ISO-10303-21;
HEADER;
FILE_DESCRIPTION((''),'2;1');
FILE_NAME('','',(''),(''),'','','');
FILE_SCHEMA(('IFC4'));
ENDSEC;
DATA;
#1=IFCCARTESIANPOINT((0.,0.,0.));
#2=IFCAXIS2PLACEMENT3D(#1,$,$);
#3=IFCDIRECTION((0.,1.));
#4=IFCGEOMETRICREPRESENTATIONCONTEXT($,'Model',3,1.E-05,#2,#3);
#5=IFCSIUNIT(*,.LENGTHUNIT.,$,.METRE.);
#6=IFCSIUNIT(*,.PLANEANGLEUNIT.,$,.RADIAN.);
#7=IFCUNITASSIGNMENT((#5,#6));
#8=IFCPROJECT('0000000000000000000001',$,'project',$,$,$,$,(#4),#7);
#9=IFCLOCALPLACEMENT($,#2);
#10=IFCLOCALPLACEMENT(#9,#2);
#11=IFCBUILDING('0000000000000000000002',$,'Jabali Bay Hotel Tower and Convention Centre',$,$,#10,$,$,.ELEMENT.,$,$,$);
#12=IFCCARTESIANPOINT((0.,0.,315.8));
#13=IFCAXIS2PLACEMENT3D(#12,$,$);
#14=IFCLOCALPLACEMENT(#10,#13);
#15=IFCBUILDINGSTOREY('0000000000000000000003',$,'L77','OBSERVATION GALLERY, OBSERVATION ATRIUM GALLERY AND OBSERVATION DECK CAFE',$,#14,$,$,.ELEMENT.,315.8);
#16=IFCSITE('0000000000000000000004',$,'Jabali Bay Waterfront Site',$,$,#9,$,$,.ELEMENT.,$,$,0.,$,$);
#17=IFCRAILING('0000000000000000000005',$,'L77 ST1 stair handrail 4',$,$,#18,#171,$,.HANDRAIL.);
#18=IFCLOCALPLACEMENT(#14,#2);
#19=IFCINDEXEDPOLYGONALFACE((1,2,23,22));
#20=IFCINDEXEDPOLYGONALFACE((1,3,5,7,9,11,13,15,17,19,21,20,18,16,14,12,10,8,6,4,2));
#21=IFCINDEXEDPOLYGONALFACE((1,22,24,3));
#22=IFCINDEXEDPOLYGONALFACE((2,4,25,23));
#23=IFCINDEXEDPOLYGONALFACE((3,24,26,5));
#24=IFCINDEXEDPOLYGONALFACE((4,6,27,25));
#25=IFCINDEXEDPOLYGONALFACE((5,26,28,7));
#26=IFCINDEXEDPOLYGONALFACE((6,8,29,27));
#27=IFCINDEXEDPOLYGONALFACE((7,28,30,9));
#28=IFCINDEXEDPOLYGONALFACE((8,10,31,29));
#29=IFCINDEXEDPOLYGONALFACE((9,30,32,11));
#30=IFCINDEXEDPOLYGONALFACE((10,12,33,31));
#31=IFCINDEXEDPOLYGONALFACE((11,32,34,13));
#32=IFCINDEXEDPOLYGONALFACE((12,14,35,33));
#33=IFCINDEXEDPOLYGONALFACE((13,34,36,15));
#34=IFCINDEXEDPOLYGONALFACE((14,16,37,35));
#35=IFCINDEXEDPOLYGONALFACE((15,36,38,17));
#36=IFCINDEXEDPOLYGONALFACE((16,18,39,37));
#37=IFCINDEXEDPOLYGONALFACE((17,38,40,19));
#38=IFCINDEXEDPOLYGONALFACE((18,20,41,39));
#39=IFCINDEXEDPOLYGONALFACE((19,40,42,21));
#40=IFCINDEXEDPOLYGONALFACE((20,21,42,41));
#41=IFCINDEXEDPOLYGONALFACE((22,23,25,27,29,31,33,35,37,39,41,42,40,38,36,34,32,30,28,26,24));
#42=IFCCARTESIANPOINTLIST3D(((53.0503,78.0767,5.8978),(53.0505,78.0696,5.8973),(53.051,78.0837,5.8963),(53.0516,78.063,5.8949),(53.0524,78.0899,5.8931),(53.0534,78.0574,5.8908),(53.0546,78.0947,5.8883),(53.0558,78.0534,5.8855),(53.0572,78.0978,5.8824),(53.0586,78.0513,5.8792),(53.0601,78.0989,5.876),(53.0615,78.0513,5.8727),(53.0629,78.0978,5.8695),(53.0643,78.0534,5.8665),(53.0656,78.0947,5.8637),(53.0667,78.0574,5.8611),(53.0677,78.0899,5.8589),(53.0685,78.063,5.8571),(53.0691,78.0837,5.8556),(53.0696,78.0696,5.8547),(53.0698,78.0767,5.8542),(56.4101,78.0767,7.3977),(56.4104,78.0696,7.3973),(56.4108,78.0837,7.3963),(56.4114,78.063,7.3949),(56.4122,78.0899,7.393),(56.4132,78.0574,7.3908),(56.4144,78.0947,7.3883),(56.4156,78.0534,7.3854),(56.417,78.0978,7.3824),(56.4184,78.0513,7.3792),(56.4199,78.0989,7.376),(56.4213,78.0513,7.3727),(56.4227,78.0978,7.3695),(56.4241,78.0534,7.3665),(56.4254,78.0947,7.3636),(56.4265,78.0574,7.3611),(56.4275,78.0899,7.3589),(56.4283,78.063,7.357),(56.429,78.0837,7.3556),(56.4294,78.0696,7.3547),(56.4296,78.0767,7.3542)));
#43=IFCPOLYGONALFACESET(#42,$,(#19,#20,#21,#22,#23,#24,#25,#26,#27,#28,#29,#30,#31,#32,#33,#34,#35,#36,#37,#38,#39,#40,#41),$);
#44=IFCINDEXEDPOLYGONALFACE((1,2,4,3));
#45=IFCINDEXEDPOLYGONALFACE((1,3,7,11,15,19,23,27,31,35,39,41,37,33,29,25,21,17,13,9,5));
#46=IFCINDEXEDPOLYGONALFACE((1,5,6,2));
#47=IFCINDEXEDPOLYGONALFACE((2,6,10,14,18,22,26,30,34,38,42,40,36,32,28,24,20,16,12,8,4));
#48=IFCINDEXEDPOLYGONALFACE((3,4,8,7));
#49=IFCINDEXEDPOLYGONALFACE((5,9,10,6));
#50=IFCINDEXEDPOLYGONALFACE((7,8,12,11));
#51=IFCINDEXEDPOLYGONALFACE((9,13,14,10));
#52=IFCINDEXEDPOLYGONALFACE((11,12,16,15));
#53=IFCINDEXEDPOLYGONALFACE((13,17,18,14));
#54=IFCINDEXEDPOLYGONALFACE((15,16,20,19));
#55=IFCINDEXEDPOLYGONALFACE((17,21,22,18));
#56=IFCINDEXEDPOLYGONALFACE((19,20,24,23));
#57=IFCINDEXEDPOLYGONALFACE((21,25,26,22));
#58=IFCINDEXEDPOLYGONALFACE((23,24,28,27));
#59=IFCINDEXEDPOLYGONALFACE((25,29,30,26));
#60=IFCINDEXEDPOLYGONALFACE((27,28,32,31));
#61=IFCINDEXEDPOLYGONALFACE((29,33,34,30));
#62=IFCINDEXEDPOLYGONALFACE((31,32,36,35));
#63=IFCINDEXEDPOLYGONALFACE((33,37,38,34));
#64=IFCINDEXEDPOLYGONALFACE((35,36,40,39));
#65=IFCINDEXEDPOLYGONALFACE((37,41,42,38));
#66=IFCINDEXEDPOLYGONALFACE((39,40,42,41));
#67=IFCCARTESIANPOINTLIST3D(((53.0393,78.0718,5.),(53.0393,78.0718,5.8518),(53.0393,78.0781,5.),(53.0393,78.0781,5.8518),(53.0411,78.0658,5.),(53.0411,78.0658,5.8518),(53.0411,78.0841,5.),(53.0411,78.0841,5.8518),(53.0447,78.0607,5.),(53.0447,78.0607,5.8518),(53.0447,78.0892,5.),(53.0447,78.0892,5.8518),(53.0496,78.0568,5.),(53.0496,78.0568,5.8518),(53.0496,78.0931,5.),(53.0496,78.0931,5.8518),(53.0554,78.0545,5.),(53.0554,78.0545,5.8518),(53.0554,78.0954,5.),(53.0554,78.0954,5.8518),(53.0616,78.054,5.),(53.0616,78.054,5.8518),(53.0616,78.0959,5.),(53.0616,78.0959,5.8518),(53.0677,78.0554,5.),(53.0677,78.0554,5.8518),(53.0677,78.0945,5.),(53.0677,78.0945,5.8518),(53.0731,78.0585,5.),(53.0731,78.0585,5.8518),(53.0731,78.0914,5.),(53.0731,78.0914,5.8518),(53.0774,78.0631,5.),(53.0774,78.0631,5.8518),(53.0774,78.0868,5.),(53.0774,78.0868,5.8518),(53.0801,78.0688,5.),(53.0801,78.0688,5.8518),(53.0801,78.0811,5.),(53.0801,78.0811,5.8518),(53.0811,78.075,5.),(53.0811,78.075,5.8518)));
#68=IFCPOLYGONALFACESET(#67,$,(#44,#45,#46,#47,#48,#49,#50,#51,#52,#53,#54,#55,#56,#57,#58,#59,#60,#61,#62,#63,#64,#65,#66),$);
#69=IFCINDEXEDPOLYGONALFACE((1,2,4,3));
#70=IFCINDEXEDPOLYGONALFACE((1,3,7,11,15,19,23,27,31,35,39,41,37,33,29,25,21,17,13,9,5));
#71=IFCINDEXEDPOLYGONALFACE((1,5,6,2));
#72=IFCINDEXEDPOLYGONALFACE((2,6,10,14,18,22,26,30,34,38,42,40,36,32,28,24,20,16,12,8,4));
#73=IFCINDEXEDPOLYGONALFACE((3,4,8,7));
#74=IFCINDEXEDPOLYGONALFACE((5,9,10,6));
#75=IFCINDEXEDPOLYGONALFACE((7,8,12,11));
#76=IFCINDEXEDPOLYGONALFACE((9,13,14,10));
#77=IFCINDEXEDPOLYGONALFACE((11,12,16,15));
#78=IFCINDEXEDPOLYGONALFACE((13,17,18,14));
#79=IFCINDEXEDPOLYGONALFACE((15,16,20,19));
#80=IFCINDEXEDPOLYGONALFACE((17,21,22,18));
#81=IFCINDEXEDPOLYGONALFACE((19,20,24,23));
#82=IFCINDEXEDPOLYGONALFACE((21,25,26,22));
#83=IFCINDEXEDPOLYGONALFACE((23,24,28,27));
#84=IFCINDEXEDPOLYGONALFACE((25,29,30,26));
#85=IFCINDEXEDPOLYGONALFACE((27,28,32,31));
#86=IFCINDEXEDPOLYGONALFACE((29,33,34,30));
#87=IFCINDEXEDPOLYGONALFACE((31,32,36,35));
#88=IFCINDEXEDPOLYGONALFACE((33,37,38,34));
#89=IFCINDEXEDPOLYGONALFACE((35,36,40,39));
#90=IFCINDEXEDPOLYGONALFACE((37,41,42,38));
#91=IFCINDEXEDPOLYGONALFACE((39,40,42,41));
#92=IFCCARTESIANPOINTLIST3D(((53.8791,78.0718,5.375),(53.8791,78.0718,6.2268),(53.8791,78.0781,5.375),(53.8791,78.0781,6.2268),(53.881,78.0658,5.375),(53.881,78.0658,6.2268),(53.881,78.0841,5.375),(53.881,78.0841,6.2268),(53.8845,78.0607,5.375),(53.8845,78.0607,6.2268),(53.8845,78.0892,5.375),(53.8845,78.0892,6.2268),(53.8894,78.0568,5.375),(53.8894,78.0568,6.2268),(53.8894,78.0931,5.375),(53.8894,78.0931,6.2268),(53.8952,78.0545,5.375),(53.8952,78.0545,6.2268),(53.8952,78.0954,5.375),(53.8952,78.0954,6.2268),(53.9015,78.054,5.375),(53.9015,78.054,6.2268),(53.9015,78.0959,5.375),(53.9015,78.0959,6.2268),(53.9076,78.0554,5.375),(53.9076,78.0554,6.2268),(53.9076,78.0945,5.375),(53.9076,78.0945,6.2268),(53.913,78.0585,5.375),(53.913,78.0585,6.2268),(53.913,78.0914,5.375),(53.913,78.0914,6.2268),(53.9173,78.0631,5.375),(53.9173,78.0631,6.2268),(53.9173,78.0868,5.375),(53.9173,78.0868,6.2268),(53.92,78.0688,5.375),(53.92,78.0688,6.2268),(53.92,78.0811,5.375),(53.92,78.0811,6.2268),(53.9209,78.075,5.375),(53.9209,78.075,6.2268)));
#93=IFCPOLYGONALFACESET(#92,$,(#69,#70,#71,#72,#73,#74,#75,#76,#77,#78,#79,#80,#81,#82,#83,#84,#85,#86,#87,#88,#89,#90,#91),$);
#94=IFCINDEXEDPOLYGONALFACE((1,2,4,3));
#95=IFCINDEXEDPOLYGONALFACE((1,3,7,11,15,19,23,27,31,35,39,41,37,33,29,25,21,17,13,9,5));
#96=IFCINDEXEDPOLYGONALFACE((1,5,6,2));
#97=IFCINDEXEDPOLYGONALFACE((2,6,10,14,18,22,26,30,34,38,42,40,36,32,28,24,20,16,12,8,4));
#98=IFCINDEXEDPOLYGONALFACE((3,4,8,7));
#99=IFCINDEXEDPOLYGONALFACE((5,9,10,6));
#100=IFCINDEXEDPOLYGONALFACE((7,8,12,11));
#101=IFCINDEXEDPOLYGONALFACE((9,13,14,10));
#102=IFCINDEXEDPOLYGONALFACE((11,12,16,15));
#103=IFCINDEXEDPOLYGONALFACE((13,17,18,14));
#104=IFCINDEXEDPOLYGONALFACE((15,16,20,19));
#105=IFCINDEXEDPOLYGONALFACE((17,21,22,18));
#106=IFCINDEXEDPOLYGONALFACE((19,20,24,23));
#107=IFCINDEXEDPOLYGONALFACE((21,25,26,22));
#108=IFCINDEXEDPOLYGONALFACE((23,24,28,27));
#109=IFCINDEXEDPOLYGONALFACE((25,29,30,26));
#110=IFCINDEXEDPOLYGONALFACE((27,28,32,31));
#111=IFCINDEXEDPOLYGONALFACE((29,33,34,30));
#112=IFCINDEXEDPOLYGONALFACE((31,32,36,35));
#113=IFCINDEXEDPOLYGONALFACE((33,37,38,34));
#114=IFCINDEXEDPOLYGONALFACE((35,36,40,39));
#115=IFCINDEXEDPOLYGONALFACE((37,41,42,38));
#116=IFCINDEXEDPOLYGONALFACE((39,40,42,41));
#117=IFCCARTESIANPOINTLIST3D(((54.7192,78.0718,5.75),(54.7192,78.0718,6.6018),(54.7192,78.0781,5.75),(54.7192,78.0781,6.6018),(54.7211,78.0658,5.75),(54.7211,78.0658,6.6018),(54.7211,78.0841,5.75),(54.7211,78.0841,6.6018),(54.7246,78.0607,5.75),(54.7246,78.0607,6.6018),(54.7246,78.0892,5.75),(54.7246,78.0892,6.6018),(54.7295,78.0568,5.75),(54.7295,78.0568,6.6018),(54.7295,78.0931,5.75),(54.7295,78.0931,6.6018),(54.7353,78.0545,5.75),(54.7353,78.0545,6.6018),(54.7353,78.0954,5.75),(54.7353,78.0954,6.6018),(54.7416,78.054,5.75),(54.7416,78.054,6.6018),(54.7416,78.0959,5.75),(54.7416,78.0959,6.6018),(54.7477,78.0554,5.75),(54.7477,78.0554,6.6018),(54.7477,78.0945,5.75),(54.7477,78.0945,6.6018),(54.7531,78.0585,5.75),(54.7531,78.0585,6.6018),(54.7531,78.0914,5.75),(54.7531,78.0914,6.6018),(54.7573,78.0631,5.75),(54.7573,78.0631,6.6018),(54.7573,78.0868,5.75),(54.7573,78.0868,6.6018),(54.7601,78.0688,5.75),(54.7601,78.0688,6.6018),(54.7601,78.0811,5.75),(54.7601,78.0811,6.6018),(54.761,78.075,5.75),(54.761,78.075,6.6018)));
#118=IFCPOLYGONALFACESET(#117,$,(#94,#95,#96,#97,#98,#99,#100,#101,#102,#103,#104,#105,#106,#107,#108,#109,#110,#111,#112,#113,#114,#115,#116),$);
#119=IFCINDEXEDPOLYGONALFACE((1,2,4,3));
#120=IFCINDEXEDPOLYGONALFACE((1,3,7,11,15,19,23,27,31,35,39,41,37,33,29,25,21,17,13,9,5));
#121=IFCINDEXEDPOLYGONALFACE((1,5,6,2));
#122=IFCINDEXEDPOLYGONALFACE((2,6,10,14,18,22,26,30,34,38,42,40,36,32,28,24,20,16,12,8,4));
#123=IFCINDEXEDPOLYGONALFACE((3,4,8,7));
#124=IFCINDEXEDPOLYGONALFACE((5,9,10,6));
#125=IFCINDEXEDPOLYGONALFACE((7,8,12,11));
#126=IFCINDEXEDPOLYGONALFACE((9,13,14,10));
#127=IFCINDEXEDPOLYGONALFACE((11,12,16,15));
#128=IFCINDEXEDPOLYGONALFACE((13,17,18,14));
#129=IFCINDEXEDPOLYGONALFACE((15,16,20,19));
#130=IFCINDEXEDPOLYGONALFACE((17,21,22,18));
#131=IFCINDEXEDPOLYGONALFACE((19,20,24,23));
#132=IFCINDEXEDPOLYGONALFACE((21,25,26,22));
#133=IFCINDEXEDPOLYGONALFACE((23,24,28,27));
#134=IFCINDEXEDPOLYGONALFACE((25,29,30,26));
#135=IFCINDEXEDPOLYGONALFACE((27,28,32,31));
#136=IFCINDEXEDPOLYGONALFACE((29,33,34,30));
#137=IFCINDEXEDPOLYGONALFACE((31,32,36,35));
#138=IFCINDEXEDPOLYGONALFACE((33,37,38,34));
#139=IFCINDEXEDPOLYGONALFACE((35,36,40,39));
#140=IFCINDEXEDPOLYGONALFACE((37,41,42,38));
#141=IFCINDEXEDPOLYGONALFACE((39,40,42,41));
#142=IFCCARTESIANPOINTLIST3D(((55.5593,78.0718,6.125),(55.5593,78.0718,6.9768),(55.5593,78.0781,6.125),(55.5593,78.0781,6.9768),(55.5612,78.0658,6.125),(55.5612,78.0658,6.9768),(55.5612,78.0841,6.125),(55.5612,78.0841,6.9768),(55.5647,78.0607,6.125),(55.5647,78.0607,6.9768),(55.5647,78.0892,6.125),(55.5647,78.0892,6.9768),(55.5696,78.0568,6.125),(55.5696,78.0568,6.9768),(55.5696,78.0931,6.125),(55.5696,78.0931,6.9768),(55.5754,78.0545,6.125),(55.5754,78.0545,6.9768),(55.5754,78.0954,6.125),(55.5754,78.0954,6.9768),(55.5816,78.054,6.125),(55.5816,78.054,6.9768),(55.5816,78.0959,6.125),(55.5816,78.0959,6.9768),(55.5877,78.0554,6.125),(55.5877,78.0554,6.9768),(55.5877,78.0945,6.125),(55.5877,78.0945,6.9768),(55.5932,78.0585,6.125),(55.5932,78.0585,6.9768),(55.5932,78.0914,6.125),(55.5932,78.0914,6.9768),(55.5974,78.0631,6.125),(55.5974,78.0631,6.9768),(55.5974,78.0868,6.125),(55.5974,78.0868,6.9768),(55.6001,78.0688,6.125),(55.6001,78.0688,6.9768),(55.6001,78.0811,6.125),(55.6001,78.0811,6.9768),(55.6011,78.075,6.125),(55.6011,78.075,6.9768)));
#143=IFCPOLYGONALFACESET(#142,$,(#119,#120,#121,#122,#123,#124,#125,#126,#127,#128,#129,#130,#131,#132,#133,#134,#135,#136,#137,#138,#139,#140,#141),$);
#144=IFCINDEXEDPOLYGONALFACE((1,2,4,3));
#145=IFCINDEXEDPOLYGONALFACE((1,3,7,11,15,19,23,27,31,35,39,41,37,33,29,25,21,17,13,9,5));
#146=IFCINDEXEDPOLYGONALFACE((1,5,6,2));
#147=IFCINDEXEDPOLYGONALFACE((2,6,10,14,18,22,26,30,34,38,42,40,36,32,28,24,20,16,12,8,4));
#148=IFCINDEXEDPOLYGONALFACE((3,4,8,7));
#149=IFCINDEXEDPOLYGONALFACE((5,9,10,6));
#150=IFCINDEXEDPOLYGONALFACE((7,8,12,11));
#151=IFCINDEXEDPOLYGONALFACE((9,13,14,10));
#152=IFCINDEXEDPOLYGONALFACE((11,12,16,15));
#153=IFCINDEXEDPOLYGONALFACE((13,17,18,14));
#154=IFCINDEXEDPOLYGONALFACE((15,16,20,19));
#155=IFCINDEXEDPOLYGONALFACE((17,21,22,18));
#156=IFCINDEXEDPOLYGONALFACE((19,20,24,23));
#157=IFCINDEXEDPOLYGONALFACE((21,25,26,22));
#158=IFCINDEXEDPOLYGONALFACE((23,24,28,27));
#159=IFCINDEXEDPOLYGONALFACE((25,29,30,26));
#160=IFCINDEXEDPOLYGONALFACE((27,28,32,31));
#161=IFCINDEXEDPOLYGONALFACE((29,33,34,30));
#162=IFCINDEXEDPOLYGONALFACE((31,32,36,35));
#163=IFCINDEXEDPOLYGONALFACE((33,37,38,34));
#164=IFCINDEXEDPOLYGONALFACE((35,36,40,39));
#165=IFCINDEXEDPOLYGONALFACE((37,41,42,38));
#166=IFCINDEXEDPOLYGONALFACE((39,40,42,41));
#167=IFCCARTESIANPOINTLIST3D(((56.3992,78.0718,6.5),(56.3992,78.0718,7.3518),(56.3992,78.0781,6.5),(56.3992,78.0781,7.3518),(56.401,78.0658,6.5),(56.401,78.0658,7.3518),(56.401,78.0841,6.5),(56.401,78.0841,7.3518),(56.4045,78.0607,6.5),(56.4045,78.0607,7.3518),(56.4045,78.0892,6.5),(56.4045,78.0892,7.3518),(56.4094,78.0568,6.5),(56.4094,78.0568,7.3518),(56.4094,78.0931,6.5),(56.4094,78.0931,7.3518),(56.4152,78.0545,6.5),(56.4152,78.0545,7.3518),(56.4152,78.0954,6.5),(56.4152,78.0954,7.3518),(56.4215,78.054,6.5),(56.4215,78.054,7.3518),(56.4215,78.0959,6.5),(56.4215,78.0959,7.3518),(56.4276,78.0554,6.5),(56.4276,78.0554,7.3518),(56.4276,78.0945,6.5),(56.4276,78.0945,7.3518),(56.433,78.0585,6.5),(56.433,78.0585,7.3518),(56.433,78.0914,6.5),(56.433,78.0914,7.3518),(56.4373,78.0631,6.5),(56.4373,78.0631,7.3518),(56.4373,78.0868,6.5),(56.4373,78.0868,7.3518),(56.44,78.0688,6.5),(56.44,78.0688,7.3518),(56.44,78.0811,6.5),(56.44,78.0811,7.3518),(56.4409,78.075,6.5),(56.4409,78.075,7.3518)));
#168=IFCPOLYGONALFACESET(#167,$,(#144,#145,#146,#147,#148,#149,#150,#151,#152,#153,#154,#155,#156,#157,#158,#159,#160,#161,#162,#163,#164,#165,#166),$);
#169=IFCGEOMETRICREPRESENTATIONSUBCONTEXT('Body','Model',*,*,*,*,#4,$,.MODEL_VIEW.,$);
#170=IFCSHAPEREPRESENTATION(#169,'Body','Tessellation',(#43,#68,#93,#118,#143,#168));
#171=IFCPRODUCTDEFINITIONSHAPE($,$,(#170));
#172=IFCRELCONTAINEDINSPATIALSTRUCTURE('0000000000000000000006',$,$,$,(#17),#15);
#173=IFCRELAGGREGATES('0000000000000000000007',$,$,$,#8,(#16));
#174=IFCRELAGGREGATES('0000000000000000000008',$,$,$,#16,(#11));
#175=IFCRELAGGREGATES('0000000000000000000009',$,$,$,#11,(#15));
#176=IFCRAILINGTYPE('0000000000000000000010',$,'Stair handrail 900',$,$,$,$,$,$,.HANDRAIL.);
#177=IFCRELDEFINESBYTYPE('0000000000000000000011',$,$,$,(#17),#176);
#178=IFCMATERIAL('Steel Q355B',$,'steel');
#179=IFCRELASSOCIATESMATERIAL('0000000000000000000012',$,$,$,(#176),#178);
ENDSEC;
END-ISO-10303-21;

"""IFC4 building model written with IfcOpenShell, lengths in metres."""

from ifc_helpers import new_model, si_unit, direction, frame, origin, origin_2d, place, context, subcontext, project, spatial, circle, extrude, material, type_object, element, save


model = new_model("IFC4")

# Units and contexts
model_context = context("Model", 3, precision=1e-05, world=origin(), true_north=direction((0.0, 1.0)))
body_context = subcontext(model_context, "Body", "Model", "MODEL_VIEW")
ifc_project = project(units=[si_unit("LENGTHUNIT", "METRE"), si_unit("PLANEANGLEUNIT", "RADIAN")], contexts=[model_context])

# Site, building, storey
site_placement = place(None, origin())
site = spatial("IfcSite", under=ifc_project, at=site_placement, Name="Jabali Bay Waterfront Site", CompositionType="ELEMENT", RefElevation=0.0)
building_placement = place(site_placement, origin())
building = spatial("IfcBuilding", under=site, at=building_placement, Name="Jabali Bay Hotel Tower and Convention Centre", CompositionType="ELEMENT")
storey_placement = place(building_placement, frame((0.0, 0.0, 315.8)))
storey = spatial("IfcBuildingStorey", under=building, at=storey_placement, Name="L77", Description="OBSERVATION GALLERY, OBSERVATION ATRIUM GALLERY AND OBSERVATION DECK CAFE", CompositionType="ELEMENT", Elevation=315.8)

# Railing
ifc_material_1 = material(Name="Steel Q355B", Category="steel")
railing_type = type_object("IfcRailingType", Name="Stair handrail 900", PredefinedType="HANDRAIL", material=ifc_material_1)
for number, where, name in (
    (1, (53.0601, 78.075, 5.0), "L77 ST1 stair handrail 4"),
):
    element("IfcRailing", number, at=place(storey_placement, frame(where)), inside=storey, type_object=railing_type, Name=name, PredefinedType="HANDRAIL", context=body_context, shape_type="SweptSolid", body=[
        extrude(circle(Radius=0.0239, at=origin_2d()), frame((0.0, 0.0, 0.876), z_axis=(0.913132, 0.0, 0.407665), x_axis=(0.0, 1.0, 0.0)), (0.0, 0.0, 1.0), 3.6794),
        extrude(circle(Radius=0.021, at=origin_2d()), origin(), (0.0, 0.0, 1.0), 0.8518),
        extrude(circle(Radius=0.021, at=origin_2d()), frame((0.8398, 0.0, 0.375)), (0.0, 0.0, 1.0), 0.8518),
        extrude(circle(Radius=0.021, at=origin_2d()), frame((1.6799, 0.0, 0.75)), (0.0, 0.0, 1.0), 0.8518),
        extrude(circle(Radius=0.021, at=origin_2d()), frame((2.52, 0.0, 1.125)), (0.0, 0.0, 1.0), 0.8518),
        extrude(circle(Radius=0.021, at=origin_2d()), frame((3.3599, 0.0, 1.5)), (0.0, 0.0, 1.0), 0.8518),
    ])

save(model, "model.ifc")
